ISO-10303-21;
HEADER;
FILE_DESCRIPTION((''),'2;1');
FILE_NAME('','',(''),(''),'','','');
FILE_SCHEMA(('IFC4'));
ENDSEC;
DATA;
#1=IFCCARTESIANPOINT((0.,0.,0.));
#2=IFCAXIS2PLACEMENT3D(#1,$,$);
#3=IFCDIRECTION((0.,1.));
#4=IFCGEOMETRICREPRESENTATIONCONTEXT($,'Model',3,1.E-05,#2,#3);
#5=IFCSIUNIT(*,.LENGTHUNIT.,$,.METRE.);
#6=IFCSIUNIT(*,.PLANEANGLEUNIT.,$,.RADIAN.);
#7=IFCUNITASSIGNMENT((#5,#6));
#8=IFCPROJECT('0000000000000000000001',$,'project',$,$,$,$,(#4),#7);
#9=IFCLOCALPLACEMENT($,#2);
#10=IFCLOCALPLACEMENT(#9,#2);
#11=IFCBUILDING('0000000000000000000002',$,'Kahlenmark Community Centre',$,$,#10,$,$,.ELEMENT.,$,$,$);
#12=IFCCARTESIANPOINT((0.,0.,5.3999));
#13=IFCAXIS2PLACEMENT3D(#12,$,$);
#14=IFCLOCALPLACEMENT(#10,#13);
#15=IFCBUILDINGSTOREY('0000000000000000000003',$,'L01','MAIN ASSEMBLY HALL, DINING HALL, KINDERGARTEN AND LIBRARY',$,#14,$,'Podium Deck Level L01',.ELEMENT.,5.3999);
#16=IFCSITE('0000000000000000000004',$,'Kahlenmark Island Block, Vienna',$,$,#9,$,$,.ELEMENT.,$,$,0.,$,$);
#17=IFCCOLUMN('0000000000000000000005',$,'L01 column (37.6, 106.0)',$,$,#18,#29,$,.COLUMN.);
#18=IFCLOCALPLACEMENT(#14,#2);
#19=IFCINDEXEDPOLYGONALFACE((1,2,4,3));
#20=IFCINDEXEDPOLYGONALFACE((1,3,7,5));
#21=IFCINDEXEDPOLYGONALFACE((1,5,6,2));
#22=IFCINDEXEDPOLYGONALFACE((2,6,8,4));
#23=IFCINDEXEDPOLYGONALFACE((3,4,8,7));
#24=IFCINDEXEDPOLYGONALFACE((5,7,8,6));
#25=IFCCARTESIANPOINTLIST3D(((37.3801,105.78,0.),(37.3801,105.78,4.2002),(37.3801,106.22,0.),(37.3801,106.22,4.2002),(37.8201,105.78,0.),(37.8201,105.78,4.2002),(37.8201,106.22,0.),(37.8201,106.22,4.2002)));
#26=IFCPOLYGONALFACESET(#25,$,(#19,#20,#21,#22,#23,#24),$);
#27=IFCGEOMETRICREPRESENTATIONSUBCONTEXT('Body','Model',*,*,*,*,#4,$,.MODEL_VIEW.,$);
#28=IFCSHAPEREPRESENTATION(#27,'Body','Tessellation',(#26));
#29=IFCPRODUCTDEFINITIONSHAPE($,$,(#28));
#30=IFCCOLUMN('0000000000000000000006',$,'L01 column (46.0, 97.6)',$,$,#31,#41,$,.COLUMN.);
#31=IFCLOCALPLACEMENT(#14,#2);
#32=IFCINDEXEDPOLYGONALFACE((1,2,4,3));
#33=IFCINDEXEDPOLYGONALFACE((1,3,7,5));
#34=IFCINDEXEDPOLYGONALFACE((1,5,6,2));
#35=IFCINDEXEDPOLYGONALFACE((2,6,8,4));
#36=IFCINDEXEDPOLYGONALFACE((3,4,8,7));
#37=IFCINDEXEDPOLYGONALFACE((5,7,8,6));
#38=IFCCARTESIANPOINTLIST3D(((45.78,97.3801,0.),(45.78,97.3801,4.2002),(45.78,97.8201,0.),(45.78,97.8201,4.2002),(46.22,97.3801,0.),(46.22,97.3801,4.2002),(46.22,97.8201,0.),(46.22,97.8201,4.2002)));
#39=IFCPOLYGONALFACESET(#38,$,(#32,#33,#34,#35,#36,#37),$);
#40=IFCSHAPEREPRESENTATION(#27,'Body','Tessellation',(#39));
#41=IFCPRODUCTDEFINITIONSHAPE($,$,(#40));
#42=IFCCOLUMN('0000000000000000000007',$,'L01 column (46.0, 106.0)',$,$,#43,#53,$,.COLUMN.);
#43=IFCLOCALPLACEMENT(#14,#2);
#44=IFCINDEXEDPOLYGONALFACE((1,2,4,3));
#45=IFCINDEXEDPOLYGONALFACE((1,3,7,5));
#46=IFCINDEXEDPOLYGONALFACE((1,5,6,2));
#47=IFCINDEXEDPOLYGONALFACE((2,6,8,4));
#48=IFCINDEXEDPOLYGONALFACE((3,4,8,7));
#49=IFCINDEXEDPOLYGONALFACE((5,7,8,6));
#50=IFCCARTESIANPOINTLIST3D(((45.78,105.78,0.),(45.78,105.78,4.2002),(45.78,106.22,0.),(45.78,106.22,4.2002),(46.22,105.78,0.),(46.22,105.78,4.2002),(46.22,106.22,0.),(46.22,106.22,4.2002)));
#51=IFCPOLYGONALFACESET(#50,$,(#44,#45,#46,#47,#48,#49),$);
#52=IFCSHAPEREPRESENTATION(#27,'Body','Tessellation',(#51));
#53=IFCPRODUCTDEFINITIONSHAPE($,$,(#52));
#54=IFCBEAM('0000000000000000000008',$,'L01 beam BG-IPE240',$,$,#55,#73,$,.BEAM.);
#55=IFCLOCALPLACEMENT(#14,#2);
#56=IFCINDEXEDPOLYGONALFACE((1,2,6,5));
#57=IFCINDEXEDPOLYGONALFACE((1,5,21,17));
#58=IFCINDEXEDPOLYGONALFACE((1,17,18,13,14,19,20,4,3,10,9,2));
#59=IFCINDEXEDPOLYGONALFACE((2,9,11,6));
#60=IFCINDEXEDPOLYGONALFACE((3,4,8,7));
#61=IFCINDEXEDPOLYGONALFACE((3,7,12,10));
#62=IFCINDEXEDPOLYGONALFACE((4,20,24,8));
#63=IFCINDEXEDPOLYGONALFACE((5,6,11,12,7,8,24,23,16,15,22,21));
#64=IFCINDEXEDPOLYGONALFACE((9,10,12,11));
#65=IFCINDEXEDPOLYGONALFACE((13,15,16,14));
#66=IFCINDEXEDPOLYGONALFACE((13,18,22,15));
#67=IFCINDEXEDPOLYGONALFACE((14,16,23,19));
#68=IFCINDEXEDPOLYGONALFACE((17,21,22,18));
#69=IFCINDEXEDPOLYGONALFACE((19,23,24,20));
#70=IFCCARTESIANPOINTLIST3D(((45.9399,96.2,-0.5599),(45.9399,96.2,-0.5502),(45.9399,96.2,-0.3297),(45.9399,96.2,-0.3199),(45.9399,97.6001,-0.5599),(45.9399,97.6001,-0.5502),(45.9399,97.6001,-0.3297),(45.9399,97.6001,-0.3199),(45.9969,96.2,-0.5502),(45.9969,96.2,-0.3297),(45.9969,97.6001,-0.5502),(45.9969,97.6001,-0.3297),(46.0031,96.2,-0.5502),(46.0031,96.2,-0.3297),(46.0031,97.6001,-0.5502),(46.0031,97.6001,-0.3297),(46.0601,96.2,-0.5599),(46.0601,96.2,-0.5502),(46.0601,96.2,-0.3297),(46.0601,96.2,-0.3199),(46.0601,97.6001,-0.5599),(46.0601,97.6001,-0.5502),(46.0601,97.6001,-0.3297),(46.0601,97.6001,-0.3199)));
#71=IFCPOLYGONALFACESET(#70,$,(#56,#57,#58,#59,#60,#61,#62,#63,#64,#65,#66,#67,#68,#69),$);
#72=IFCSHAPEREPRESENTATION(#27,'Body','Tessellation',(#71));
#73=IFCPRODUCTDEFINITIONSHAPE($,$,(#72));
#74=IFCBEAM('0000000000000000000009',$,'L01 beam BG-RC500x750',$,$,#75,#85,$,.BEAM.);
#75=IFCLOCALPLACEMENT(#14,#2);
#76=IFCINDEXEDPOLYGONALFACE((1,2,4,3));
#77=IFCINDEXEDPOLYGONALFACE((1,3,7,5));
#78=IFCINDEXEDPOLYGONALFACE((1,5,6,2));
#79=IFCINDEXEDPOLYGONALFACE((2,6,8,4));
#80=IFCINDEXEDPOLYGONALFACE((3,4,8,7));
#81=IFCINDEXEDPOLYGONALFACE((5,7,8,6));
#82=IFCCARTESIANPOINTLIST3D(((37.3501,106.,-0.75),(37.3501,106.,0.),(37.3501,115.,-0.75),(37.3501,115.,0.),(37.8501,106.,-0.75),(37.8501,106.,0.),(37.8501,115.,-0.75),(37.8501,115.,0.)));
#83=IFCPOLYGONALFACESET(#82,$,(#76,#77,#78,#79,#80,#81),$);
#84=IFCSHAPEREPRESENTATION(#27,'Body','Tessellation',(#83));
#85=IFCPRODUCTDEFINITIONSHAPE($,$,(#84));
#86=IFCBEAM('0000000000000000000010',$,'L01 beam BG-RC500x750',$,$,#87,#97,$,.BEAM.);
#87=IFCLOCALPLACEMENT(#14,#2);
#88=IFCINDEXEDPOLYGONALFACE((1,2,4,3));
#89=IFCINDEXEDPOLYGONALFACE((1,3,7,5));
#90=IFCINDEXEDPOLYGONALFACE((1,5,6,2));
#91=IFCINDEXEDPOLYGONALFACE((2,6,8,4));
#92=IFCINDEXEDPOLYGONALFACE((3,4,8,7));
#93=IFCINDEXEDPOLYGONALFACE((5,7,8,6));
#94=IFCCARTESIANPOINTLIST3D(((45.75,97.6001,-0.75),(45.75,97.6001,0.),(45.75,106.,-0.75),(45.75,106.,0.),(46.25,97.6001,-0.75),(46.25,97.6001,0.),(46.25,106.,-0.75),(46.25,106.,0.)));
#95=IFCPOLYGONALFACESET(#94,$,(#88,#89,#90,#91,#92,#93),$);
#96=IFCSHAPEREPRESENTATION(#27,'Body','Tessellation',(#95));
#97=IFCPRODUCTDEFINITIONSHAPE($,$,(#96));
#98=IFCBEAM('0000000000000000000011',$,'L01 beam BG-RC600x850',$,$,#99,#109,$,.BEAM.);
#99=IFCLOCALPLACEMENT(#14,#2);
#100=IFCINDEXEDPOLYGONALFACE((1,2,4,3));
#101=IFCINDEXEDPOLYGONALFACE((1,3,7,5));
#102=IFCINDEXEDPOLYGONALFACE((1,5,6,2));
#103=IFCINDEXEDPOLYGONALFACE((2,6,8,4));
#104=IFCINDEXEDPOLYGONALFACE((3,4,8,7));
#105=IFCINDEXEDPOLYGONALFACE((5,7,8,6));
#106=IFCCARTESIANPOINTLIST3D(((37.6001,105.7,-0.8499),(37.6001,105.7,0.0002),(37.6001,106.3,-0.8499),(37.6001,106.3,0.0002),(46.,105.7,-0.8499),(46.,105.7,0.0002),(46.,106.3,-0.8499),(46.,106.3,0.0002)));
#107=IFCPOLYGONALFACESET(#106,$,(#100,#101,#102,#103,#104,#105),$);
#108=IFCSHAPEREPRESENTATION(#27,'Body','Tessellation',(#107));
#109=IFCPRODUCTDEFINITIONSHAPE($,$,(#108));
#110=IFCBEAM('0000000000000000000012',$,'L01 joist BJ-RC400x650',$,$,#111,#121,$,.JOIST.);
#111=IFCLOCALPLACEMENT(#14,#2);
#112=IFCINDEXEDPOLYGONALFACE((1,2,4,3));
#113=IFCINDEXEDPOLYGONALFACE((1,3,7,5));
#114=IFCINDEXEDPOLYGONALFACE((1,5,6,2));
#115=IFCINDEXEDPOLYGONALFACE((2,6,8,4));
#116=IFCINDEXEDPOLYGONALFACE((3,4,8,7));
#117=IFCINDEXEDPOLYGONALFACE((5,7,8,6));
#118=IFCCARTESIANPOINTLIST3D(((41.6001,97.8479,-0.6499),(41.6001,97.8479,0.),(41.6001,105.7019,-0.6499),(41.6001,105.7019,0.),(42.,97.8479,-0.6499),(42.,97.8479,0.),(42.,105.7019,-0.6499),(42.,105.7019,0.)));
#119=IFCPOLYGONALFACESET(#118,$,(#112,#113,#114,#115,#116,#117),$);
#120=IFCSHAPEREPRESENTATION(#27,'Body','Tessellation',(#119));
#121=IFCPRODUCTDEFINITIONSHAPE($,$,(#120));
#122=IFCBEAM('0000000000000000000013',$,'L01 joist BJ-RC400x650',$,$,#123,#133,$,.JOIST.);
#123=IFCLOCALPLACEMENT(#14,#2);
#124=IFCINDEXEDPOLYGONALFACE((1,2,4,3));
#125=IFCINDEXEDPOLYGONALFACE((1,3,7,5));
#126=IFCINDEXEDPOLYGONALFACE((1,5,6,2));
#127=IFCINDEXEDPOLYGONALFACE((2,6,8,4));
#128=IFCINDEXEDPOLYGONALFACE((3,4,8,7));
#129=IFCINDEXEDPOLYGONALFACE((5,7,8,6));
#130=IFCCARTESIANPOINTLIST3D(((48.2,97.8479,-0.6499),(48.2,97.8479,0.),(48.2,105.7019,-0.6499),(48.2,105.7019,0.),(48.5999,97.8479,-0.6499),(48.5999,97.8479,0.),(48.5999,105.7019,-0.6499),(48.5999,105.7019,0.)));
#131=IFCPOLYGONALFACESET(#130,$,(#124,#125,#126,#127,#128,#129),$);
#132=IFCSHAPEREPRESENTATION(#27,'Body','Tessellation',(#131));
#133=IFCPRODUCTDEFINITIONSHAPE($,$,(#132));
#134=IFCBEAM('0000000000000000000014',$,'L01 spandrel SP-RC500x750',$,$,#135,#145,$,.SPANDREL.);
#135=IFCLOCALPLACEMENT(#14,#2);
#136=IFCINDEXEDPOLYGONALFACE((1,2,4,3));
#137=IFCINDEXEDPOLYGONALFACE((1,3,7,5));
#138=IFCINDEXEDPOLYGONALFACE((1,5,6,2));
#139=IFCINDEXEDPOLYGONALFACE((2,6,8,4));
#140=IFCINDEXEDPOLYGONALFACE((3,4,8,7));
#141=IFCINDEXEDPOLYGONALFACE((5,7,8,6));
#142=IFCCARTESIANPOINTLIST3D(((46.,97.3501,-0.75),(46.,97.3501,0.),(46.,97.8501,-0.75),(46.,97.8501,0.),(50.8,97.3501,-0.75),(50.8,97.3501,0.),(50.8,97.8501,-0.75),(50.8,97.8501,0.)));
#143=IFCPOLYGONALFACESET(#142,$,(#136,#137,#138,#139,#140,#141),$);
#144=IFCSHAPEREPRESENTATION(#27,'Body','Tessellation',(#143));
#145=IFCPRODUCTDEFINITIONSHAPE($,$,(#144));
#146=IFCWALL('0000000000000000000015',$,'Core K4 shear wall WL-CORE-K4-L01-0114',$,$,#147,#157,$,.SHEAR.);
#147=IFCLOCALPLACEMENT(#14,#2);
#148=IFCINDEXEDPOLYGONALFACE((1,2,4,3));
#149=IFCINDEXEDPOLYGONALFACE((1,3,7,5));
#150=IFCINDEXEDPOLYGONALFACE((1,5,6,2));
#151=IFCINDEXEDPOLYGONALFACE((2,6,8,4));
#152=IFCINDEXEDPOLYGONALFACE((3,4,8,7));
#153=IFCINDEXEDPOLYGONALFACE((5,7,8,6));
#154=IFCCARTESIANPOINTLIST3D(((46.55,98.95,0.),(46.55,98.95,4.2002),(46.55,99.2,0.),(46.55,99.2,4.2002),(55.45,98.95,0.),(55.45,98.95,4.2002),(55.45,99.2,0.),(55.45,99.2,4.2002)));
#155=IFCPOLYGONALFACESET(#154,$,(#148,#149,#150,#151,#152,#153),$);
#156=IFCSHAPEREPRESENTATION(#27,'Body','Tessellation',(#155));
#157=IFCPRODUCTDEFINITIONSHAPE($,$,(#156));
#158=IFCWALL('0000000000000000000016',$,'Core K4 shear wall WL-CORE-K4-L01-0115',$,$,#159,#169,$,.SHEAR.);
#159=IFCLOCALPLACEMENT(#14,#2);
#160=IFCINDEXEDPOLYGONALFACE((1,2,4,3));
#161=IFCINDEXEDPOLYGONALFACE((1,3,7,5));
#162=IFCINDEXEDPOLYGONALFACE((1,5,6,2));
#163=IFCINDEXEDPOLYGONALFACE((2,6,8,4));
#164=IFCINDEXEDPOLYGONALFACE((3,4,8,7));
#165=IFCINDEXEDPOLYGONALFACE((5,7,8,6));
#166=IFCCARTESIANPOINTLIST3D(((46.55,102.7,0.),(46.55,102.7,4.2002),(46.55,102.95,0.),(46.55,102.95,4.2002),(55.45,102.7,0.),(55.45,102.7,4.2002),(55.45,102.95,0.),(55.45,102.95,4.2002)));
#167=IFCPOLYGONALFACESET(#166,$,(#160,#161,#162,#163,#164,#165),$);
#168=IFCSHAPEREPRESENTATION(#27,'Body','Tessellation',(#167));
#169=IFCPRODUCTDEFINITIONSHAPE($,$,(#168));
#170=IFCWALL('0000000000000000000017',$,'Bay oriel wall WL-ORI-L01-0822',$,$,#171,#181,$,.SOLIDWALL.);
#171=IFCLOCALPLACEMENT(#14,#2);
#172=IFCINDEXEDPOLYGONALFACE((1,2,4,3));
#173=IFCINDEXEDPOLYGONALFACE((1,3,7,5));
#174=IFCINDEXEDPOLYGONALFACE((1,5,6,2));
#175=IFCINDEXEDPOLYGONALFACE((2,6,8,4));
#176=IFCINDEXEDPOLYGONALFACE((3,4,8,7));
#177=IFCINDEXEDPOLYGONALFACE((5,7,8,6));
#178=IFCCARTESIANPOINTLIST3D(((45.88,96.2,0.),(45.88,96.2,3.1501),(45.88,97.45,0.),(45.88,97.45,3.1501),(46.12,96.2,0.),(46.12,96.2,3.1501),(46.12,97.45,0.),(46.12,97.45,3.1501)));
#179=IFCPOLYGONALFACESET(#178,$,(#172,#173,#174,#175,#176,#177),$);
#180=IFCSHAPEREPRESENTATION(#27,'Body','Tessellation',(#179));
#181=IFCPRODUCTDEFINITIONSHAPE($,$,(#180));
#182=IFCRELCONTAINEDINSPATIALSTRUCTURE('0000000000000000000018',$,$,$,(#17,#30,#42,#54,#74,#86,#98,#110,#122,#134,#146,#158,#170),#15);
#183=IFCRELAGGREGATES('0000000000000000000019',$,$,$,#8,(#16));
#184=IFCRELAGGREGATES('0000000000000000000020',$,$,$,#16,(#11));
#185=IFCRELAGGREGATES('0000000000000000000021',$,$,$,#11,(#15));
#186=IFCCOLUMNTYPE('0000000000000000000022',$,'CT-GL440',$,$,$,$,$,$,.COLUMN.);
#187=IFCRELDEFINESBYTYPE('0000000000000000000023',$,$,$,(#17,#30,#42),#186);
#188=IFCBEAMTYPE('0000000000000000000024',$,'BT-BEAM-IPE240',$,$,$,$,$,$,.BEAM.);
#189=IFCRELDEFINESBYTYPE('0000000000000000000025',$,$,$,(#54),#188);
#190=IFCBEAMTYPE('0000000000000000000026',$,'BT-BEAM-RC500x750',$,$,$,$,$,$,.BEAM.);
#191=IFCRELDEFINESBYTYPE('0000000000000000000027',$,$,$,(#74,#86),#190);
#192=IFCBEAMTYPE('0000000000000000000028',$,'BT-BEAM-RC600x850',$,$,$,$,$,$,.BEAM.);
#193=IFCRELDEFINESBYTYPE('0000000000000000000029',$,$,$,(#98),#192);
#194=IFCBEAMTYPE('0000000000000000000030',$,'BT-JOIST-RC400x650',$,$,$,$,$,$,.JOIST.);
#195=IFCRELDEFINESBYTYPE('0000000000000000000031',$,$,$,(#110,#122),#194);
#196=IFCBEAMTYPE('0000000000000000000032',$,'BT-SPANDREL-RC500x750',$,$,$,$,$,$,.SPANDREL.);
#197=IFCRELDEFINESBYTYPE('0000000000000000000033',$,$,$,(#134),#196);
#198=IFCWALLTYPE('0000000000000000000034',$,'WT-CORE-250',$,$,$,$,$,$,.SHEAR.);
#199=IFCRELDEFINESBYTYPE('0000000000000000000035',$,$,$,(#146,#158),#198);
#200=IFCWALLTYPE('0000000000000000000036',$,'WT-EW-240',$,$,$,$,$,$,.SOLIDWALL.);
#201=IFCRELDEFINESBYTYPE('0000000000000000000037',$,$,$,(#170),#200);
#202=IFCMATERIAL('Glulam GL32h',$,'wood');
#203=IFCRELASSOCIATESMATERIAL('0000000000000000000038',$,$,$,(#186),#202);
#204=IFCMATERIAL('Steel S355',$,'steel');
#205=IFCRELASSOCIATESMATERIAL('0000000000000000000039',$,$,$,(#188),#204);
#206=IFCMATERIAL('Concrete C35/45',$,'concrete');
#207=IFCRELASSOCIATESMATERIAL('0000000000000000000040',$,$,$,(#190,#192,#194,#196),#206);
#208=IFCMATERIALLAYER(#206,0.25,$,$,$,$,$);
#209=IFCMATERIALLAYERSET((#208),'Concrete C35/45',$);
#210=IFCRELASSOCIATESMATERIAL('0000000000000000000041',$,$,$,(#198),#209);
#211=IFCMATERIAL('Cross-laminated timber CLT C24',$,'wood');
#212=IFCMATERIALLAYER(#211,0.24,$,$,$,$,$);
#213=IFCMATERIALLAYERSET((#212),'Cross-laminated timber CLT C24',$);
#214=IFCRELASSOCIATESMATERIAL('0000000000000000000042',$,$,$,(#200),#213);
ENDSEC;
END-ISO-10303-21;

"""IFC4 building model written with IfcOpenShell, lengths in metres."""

from ifc_helpers import new_model, si_unit, direction, frame, frame_2d, origin, origin_2d, place, context, subcontext, project, spatial, rectangle, i_section, extrude, material, layer, layer_set, material_profile, profile_set, type_object, element, save


model = new_model("IFC4")

# Units and contexts
model_context = context("Model", 3, precision=1e-05, world=origin(), true_north=direction((0.0, 1.0)))
body_context = subcontext(model_context, "Body", "Model", "MODEL_VIEW")
ifc_project = project(units=[si_unit("LENGTHUNIT", "METRE"), si_unit("PLANEANGLEUNIT", "RADIAN")], contexts=[model_context])

# Site, building, storey
site_placement = place(None, origin())
site = spatial("IfcSite", under=ifc_project, at=site_placement, Name="Kahlenmark Island Block, Vienna", CompositionType="ELEMENT", RefElevation=0.0)
building_placement = place(site_placement, origin())
building = spatial("IfcBuilding", under=site, at=building_placement, Name="Kahlenmark Community Centre", CompositionType="ELEMENT")
storey_placement = place(building_placement, frame((0.0, 0.0, 5.3999)))
storey = spatial("IfcBuildingStorey", under=building, at=storey_placement, Name="L01", Description="MAIN ASSEMBLY HALL, DINING HALL, KINDERGARTEN AND LIBRARY", LongName="Podium Deck Level L01", CompositionType="ELEMENT", Elevation=5.3999)

# Columns
ifc_material_1 = material(Name="Glulam GL32h", Category="wood")
ifc_material_profile_1 = material_profile(ifc_material_1, rectangle(XDim=0.4399, YDim=0.4399, at=origin_2d()), Name="GL32h 440x440")
ifc_profile_set_1 = profile_set([ifc_material_profile_1], Name="Glulam GL32h")
column_type = type_object("IfcColumnType", Name="CT-GL440", PredefinedType="COLUMN", material=ifc_profile_set_1)
for number, where, z_axis, x_axis, name in (
    (1, (37.6001, 106.0, 0.0), (0.0, 0.0, 1.0), (1.0, 0.0, 0.0), "L01 column (37.6, 106.0)"),
    (2, (46.0, 97.6001, 0.0), (0.0, 0.0, 1.0), (1.0, 0.0, 0.0), "L01 column (46.0, 97.6)"),
    (3, (46.0, 106.0, 0.0), (0.0, 0.0, 1.0), (1.0, 0.0, 0.0), "L01 column (46.0, 106.0)"),
):
    element("IfcColumn", number, at=place(storey_placement, frame(where, z_axis=z_axis, x_axis=x_axis)), inside=storey, type_object=column_type, Name=name, PredefinedType="COLUMN", context=body_context, shape_type="SweptSolid", body=[
        extrude(rectangle(XDim=0.4399, YDim=0.4399, at=origin_2d()), origin(), (0.0, 0.0, 1.0), 4.2002),
    ])

# Beams
ifc_material_2 = material(Name="Steel S355", Category="steel")
ifc_material_profile_2 = material_profile(ifc_material_2, i_section(OverallWidth=0.1201, OverallDepth=0.24, WebThickness=0.0061, FlangeThickness=0.0098, at=origin_2d()), Name="IPE 240")
ifc_profile_set_2 = profile_set([ifc_material_profile_2], Name="Steel S355")
beam_type_1 = type_object("IfcBeamType", Name="BT-BEAM-IPE240", PredefinedType="BEAM", material=ifc_profile_set_2)
beam_1_placement = place(storey_placement, frame((46.0, 96.2, -0.4399), z_axis=(0.0, 1.0, 0.0), x_axis=(-1.0, 0.0, 0.0)))
element("IfcBeam", 4, at=beam_1_placement, inside=storey, type_object=beam_type_1, Name="L01 beam BG-IPE240", PredefinedType="BEAM", context=body_context, shape_type="SweptSolid", body=[
    extrude(i_section(OverallWidth=0.1201, OverallDepth=0.24, WebThickness=0.0061, FlangeThickness=0.0098, at=origin_2d()), origin(), (0.0, 0.0, 1.0), 1.4001),
])
ifc_material_3 = material(Name="Concrete C35/45", Category="concrete")
ifc_material_profile_3 = material_profile(ifc_material_3, rectangle(XDim=0.5, YDim=0.75, at=origin_2d()), Name="RC 500x750")
ifc_profile_set_3 = profile_set([ifc_material_profile_3], Name="Concrete C35/45")
beam_type_2 = type_object("IfcBeamType", Name="BT-BEAM-RC500x750", PredefinedType="BEAM", material=ifc_profile_set_3)
beam_2_placement = place(storey_placement, frame((37.6001, 106.0, -0.375), z_axis=(0.0, 1.0, 0.0), x_axis=(-1.0, 0.0, 0.0)))
element("IfcBeam", 5, at=beam_2_placement, inside=storey, type_object=beam_type_2, Name="L01 beam BG-RC500x750", PredefinedType="BEAM", context=body_context, shape_type="SweptSolid", body=[
    extrude(rectangle(XDim=0.5, YDim=0.75, at=origin_2d()), origin(), (0.0, 0.0, 1.0), 9.0),
])
beam_3_placement = place(storey_placement, frame((46.0, 97.6001, -0.375), z_axis=(0.0, 1.0, 0.0), x_axis=(-1.0, 0.0, 0.0)))
element("IfcBeam", 6, at=beam_3_placement, inside=storey, type_object=beam_type_2, Name="L01 beam BG-RC500x750", PredefinedType="BEAM", context=body_context, shape_type="SweptSolid", body=[
    extrude(rectangle(XDim=0.5, YDim=0.75, at=origin_2d()), origin(), (0.0, 0.0, 1.0), 8.3999),
])
ifc_material_profile_4 = material_profile(ifc_material_3, rectangle(XDim=0.6001, YDim=0.8501, at=origin_2d()), Name="RC 600x850")
ifc_profile_set_4 = profile_set([ifc_material_profile_4], Name="Concrete C35/45")
beam_type_3 = type_object("IfcBeamType", Name="BT-BEAM-RC600x850", PredefinedType="BEAM", material=ifc_profile_set_4)
beam_4_placement = place(storey_placement, frame((37.6001, 106.0, -0.4248), z_axis=(1.0, 0.0, 0.0), x_axis=(0.0, 1.0, 0.0)))
element("IfcBeam", 7, at=beam_4_placement, inside=storey, type_object=beam_type_3, Name="L01 beam BG-RC600x850", PredefinedType="BEAM", context=body_context, shape_type="SweptSolid", body=[
    extrude(rectangle(XDim=0.6001, YDim=0.8501, at=origin_2d()), origin(), (0.0, 0.0, 1.0), 8.3999),
])
ifc_material_profile_5 = material_profile(ifc_material_3, rectangle(XDim=0.3999, YDim=0.6499, at=origin_2d()), Name="RC 400x650")
ifc_profile_set_5 = profile_set([ifc_material_profile_5], Name="Concrete C35/45")
beam_type_4 = type_object("IfcBeamType", Name="BT-JOIST-RC400x650", PredefinedType="JOIST", material=ifc_profile_set_5)
for number, where, z_axis, x_axis, name in (
    (8, (41.8, 97.8479, -0.325), (0.0, 1.0, 0.0), (-1.0, 0.0, 0.0), "L01 joist BJ-RC400x650"),
    (9, (48.3999, 97.8479, -0.325), (0.0, 1.0, 0.0), (-1.0, 0.0, 0.0), "L01 joist BJ-RC400x650"),
):
    element("IfcBeam", number, at=place(storey_placement, frame(where, z_axis=z_axis, x_axis=x_axis)), inside=storey, type_object=beam_type_4, Name=name, PredefinedType="JOIST", context=body_context, shape_type="SweptSolid", body=[
        extrude(rectangle(XDim=0.3999, YDim=0.6499, at=origin_2d()), origin(), (0.0, 0.0, 1.0), 7.854),
    ])
ifc_material_profile_6 = material_profile(ifc_material_3, rectangle(XDim=0.5, YDim=0.75, at=origin_2d()), Name="RC 500x750")
ifc_profile_set_6 = profile_set([ifc_material_profile_6], Name="Concrete C35/45")
beam_type_5 = type_object("IfcBeamType", Name="BT-SPANDREL-RC500x750", PredefinedType="SPANDREL", material=ifc_profile_set_6)
beam_5_placement = place(storey_placement, frame((46.0, 97.6001, -0.375), z_axis=(1.0, 0.0, 0.0), x_axis=(0.0, 1.0, 0.0)))
element("IfcBeam", 10, at=beam_5_placement, inside=storey, type_object=beam_type_5, Name="L01 spandrel SP-RC500x750", PredefinedType="SPANDREL", context=body_context, shape_type="SweptSolid", body=[
    extrude(rectangle(XDim=0.5, YDim=0.75, at=origin_2d()), origin(), (0.0, 0.0, 1.0), 4.8),
])

# Shared definitions
ifc_layer_1 = layer(ifc_material_3, 0.25)
ifc_layer_set_1 = layer_set([ifc_layer_1], Name="Concrete C35/45")
wall_type_1 = type_object("IfcWallType", Name="WT-CORE-250", PredefinedType="SHEAR", material=ifc_layer_set_1)

# Walls
for number, where, z_axis, x_axis, name in (
    (11, (46.55, 99.075, 0.0), (0.0, 0.0, 1.0), (1.0, 0.0, 0.0), "Core K4 shear wall WL-CORE-K4-L01-0114"),
    (12, (46.55, 102.825, 0.0), (0.0, 0.0, 1.0), (1.0, 0.0, 0.0), "Core K4 shear wall WL-CORE-K4-L01-0115"),
):
    element("IfcWall", number, at=place(storey_placement, frame(where, z_axis=z_axis, x_axis=x_axis)), inside=storey, type_object=wall_type_1, Name=name, PredefinedType="SHEAR", context=body_context, shape_type="SweptSolid", body=[
        extrude(rectangle(XDim=8.8999, YDim=0.25, at=frame_2d((4.45, 0.0))), origin(), (0.0, 0.0, 1.0), 4.2002),
    ])
ifc_material_4 = material(Name="Cross-laminated timber CLT C24", Category="wood")
ifc_layer_2 = layer(ifc_material_4, 0.24)
ifc_layer_set_2 = layer_set([ifc_layer_2], Name="Cross-laminated timber CLT C24")
wall_type_2 = type_object("IfcWallType", Name="WT-EW-240", PredefinedType="SOLIDWALL", material=ifc_layer_set_2)
wall_1_placement = place(storey_placement, frame((46.0, 96.2, 0.0), z_axis=(0.0, 0.0, 1.0), x_axis=(0.0, 1.0, 0.0)))
element("IfcWall", 13, at=wall_1_placement, inside=storey, type_object=wall_type_2, Name="Bay oriel wall WL-ORI-L01-0822", PredefinedType="SOLIDWALL", context=body_context, shape_type="SweptSolid", body=[
    extrude(rectangle(XDim=1.25, YDim=0.24, at=frame_2d((0.625, 0.0))), origin(), (0.0, 0.0, 1.0), 3.1501),
])

save(model, "model.ifc")
